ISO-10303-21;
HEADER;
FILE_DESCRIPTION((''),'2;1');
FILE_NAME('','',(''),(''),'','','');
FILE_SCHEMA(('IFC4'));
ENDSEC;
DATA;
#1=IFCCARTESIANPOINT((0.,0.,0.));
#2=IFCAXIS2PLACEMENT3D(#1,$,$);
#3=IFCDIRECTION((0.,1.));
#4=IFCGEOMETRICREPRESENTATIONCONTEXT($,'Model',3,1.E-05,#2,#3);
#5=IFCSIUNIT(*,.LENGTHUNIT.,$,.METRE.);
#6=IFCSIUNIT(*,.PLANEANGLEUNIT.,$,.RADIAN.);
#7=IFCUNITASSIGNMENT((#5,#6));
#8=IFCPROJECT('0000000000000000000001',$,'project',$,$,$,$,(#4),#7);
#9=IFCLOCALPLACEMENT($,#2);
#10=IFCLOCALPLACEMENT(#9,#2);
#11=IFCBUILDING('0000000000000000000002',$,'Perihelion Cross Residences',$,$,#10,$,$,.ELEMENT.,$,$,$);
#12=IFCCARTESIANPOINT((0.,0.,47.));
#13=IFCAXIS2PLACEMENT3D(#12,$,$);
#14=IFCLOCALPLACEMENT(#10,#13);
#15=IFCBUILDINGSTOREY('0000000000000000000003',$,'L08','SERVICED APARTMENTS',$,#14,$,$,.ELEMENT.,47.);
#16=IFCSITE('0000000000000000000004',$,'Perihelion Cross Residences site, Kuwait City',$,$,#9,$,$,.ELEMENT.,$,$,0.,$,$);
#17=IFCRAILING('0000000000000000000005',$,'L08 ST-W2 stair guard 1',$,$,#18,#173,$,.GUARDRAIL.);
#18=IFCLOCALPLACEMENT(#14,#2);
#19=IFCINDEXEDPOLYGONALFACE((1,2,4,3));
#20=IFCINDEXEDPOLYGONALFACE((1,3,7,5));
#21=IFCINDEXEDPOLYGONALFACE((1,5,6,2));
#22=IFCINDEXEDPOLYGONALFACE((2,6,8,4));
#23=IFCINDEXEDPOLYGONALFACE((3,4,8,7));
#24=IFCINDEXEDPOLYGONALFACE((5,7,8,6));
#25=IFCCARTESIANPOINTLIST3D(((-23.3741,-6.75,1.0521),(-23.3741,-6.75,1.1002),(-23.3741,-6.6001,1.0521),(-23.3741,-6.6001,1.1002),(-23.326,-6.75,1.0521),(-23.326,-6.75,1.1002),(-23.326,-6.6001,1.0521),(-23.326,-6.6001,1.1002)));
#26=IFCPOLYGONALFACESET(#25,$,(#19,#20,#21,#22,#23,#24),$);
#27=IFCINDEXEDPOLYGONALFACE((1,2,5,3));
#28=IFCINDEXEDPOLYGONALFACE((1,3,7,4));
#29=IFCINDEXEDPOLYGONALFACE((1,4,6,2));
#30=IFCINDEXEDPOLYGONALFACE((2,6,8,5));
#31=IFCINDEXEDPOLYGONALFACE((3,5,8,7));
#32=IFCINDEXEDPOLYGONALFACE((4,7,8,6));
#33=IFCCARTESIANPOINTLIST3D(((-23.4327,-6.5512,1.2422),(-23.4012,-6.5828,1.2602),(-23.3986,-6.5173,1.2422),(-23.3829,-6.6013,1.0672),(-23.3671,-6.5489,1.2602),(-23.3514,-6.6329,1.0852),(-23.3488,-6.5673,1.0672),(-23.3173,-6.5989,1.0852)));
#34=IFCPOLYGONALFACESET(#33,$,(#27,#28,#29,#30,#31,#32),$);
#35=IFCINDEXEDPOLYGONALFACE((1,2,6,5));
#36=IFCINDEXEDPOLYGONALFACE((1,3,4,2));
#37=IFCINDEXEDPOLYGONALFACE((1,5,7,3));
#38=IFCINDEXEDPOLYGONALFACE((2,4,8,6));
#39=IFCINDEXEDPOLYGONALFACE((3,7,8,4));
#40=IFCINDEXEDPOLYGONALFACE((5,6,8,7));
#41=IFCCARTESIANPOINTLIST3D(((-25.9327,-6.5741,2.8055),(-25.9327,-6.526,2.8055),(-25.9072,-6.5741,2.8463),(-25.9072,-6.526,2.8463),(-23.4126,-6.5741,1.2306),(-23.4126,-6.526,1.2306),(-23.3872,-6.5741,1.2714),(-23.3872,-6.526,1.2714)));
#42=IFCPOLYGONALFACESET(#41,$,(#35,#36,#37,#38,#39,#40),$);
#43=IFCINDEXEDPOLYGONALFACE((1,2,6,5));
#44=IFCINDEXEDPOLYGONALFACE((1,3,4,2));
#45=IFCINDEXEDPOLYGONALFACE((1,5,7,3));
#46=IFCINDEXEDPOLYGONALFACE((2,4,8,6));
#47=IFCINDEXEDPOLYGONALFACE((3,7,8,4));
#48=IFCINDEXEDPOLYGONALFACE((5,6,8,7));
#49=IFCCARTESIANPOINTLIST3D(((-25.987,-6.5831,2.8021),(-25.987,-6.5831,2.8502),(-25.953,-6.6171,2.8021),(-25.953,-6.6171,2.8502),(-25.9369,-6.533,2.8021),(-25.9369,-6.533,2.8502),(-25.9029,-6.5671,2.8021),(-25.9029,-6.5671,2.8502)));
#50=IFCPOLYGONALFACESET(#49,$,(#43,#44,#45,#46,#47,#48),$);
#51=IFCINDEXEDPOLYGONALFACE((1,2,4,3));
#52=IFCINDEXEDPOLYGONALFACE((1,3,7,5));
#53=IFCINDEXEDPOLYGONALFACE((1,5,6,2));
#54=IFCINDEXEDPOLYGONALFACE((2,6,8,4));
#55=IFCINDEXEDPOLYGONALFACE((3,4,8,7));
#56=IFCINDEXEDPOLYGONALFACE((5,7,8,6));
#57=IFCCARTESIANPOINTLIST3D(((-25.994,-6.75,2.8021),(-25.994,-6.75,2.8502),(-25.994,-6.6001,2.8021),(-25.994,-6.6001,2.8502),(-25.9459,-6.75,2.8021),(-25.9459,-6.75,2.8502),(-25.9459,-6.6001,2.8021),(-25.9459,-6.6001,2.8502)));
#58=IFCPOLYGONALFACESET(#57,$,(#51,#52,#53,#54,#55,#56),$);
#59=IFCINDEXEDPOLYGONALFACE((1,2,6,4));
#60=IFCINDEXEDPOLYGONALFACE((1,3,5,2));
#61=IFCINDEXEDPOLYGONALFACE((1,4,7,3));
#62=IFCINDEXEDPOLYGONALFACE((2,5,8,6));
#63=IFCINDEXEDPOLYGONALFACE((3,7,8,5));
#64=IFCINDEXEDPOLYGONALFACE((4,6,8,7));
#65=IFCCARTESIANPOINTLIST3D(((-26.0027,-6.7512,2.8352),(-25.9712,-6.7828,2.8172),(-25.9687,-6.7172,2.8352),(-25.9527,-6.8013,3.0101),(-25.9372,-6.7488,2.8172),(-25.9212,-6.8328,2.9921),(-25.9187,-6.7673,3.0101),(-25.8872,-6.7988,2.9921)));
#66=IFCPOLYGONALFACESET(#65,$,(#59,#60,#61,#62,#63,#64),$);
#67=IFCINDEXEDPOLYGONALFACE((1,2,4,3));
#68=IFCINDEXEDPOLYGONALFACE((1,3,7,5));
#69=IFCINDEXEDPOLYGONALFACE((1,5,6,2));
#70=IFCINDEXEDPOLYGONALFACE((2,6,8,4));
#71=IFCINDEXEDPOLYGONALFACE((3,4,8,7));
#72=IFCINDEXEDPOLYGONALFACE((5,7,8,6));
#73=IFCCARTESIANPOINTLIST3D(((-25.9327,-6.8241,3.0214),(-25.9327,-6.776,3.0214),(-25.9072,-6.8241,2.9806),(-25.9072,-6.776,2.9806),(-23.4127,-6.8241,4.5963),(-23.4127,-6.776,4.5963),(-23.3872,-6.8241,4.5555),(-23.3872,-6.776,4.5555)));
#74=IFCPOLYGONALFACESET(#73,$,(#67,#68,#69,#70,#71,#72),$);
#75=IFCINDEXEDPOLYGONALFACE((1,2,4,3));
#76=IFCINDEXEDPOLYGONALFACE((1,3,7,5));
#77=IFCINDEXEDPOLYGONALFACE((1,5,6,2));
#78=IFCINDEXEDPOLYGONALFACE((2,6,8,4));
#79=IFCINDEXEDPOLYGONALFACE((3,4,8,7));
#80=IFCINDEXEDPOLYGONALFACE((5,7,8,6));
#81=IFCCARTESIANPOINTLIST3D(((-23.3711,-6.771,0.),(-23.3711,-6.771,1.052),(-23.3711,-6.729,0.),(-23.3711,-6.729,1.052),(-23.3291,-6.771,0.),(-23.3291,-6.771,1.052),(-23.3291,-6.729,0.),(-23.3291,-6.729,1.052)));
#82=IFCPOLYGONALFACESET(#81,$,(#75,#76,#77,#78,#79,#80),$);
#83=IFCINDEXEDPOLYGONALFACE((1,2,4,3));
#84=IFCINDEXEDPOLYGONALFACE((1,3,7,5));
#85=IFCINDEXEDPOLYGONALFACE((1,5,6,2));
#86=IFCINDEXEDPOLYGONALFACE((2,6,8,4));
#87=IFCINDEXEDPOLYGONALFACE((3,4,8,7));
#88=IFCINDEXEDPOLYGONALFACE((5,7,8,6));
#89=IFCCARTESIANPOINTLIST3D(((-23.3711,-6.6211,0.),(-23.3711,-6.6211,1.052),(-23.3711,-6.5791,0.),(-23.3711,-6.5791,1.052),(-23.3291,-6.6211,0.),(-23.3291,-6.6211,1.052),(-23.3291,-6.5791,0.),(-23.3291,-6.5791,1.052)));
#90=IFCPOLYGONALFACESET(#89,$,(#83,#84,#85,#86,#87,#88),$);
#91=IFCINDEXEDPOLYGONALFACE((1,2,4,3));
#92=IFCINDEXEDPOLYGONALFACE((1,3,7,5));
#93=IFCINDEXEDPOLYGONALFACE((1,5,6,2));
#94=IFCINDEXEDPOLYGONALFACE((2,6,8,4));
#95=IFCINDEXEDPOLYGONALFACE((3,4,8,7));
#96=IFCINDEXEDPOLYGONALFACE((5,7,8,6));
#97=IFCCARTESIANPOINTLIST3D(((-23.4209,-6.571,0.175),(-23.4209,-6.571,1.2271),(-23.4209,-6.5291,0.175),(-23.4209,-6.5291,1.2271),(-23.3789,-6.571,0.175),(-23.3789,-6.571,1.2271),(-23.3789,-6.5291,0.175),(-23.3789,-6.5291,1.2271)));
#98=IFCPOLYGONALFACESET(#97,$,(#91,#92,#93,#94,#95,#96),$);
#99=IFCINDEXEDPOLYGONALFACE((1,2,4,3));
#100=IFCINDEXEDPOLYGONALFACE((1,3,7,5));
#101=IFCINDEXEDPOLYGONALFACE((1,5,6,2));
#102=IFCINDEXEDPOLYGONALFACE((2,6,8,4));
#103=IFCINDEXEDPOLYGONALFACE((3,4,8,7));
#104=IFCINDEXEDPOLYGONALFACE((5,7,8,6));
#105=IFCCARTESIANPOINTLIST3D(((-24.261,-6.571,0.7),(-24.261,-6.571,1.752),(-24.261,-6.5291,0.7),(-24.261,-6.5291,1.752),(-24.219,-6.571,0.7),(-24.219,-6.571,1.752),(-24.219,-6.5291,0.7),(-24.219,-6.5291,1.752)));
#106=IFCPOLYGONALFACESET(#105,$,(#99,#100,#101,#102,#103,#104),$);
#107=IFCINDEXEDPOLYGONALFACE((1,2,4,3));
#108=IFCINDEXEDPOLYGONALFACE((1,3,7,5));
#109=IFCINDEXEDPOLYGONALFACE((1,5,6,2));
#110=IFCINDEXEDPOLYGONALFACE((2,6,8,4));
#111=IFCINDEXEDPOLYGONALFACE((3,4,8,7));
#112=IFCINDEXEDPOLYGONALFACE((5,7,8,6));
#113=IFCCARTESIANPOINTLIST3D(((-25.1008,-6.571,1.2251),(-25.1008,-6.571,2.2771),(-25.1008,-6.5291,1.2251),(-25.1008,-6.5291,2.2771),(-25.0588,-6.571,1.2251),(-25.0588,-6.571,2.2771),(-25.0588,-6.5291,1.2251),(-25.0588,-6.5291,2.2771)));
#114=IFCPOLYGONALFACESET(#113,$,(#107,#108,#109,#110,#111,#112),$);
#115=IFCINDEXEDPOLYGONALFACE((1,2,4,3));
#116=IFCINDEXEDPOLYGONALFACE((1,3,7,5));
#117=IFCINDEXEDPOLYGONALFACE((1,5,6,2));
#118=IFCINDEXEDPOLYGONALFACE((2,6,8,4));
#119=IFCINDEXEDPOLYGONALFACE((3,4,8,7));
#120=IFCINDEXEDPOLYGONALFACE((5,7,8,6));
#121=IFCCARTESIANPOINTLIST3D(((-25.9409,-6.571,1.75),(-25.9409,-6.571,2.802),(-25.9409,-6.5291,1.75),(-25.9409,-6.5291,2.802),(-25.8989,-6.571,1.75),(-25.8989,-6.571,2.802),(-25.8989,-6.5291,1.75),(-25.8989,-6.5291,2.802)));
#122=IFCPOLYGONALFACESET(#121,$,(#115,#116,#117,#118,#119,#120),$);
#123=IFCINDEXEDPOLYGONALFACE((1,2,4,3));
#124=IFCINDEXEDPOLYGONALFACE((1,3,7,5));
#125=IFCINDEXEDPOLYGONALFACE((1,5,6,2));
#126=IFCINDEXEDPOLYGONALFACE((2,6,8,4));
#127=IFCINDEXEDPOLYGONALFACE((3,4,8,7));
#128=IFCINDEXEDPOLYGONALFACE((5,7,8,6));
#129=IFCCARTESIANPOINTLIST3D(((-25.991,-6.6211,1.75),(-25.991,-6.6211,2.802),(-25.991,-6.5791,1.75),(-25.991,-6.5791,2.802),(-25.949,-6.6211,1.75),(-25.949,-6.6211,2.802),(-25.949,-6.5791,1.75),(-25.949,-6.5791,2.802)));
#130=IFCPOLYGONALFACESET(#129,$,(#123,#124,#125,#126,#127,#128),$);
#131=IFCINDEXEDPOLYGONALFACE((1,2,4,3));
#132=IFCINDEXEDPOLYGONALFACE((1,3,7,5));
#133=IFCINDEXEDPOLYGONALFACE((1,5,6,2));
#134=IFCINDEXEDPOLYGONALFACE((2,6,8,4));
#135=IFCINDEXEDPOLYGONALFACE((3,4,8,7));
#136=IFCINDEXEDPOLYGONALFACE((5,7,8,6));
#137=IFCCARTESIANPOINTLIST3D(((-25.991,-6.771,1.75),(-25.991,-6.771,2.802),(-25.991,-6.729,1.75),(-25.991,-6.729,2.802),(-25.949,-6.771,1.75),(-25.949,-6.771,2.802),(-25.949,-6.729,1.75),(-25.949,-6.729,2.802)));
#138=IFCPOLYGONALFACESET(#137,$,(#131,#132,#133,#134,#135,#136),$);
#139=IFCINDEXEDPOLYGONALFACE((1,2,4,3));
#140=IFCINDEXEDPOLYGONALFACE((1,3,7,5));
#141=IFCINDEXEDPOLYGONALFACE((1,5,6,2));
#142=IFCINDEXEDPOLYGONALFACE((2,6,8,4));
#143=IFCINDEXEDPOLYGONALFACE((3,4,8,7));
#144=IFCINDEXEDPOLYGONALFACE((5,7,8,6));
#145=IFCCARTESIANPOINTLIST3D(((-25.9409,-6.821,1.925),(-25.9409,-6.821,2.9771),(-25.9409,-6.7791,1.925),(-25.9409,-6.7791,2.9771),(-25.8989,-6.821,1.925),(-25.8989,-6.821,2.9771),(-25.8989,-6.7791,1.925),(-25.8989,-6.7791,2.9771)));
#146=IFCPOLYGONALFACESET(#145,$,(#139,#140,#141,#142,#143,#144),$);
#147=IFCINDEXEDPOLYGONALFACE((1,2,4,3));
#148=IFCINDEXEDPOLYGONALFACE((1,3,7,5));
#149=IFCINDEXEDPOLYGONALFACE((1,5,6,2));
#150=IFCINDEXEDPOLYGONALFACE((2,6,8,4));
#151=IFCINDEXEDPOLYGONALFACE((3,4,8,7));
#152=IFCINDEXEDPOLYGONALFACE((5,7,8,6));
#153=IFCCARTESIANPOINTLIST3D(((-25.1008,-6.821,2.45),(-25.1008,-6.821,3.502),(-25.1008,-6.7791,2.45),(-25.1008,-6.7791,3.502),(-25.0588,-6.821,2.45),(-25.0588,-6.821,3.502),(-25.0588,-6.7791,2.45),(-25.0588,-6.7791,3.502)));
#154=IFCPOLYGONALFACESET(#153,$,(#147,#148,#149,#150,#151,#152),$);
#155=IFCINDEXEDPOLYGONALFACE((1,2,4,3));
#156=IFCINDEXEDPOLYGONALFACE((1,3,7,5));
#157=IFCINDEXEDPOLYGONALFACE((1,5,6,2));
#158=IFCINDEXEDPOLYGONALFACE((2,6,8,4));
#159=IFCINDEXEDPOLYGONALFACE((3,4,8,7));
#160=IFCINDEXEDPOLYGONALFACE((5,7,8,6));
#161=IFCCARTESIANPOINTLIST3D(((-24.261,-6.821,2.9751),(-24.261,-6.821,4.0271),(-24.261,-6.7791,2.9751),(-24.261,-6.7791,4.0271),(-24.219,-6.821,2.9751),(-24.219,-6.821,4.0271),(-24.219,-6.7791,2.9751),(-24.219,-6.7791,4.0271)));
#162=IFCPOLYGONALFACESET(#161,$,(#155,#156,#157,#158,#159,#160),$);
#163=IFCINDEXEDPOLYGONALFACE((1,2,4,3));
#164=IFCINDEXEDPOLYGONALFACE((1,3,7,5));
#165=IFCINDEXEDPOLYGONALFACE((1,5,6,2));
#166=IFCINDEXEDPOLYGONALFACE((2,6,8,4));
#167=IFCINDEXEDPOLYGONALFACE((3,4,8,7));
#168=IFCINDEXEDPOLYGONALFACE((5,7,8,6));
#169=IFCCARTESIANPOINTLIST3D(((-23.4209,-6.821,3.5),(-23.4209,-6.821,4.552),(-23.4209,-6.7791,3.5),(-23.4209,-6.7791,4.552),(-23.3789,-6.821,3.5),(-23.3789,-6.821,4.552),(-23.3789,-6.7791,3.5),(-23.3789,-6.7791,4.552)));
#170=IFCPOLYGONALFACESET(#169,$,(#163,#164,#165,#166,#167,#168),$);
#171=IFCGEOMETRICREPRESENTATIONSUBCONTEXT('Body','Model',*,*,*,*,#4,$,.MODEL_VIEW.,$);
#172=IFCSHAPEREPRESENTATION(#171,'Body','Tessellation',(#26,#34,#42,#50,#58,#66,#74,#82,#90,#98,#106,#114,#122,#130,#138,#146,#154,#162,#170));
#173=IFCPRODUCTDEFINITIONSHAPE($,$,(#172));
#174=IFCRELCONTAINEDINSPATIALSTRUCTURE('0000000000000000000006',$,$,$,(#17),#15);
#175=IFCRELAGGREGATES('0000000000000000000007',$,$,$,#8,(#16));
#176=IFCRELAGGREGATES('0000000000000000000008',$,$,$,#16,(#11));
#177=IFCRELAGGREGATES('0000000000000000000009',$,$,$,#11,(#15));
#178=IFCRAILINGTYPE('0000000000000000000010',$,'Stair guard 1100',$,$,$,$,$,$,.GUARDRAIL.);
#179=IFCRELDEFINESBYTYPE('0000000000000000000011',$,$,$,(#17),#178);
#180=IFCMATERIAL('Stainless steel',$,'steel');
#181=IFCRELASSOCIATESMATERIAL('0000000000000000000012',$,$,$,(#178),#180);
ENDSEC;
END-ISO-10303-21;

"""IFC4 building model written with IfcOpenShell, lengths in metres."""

from ifc_helpers import new_model, si_unit, direction, frame, origin, origin_2d, place, context, subcontext, project, spatial, rectangle, extrude, material, type_object, element, save


model = new_model("IFC4")

# Units and contexts
model_context = context("Model", 3, precision=1e-05, world=origin(), true_north=direction((0.0, 1.0)))
body_context = subcontext(model_context, "Body", "Model", "MODEL_VIEW")
ifc_project = project(units=[si_unit("LENGTHUNIT", "METRE"), si_unit("PLANEANGLEUNIT", "RADIAN")], contexts=[model_context])

# Site, building, storey
site_placement = place(None, origin())
site = spatial("IfcSite", under=ifc_project, at=site_placement, Name="Perihelion Cross Residences site, Kuwait City", CompositionType="ELEMENT", RefElevation=0.0)
building_placement = place(site_placement, origin())
building = spatial("IfcBuilding", under=site, at=building_placement, Name="Perihelion Cross Residences", CompositionType="ELEMENT")
storey_placement = place(building_placement, frame((0.0, 0.0, 47.0)))
storey = spatial("IfcBuildingStorey", under=building, at=storey_placement, Name="L08", Description="SERVICED APARTMENTS", CompositionType="ELEMENT", Elevation=47.0)

# Railing
ifc_material_1 = material(Name="Stainless steel", Category="steel")
railing_type_1 = type_object("IfcRailingType", Name="Stair guard 1100", PredefinedType="GUARDRAIL", material=ifc_material_1)
railing_1_placement = place(storey_placement, frame((-23.3501, -6.75, 0.0)))
element("IfcRailing", 1, at=railing_1_placement, inside=storey, type_object=railing_type_1, Name="L08 ST-W2 stair guard 1", PredefinedType="GUARDRAIL", context=body_context, shape_type="SweptSolid", body=[
    extrude(rectangle(XDim=0.0481, YDim=0.0481, at=origin_2d()), frame((0.0, 0.0, 1.0762), z_axis=(0.0, 1.0, 0.0), x_axis=(-1.0, 0.0, 0.0)), (0.0, 0.0, 1.0), 0.1499),
    extrude(rectangle(XDim=0.0481, YDim=0.0481, at=origin_2d()), frame((0.0, 0.1499, 1.0762), z_axis=(-0.263862, 0.265156, 0.927399), x_axis=(-0.708834, -0.705376, 0.0)), (0.0, 0.0, 1.0), 0.1887),
    extrude(rectangle(XDim=0.0481, YDim=0.0481, at=origin_2d()), frame((-0.0498, 0.2, 1.251), z_axis=(-0.848008, 0.0, 0.529984), x_axis=(0.0, -1.0, 0.0)), (0.0, 0.0, 1.0), 2.9717),
    extrude(rectangle(XDim=0.0481, YDim=0.0481, at=origin_2d()), frame((-2.5698, 0.2, 2.8262), z_axis=(-0.707107, -0.707107, 0.0), x_axis=(0.707107, -0.707107, 0.0)), (0.0, 0.0, 1.0), 0.0708),
    extrude(rectangle(XDim=0.0481, YDim=0.0481, at=origin_2d()), frame((-2.6199, 0.1499, 2.8262), z_axis=(0.0, -1.0, 0.0), x_axis=(1.0, 0.0, 0.0)), (0.0, 0.0, 1.0), 0.1499),
    extrude(rectangle(XDim=0.0481, YDim=0.0481, at=origin_2d()), frame((-2.6199, 0.0, 2.8262), z_axis=(0.265065, -0.265065, 0.927082), x_axis=(0.707107, 0.707107, 0.0)), (0.0, 0.0, 1.0), 0.1887),
    extrude(rectangle(XDim=0.0481, YDim=0.0481, at=origin_2d()), frame((-2.5698, -0.05, 3.001), z_axis=(0.848008, 0.0, 0.529984), x_axis=(0.0, 1.0, 0.0)), (0.0, 0.0, 1.0), 2.9717),
    extrude(rectangle(XDim=0.042, YDim=0.042, at=origin_2d()), origin(), (0.0, 0.0, 1.0), 1.052),
    extrude(rectangle(XDim=0.042, YDim=0.042, at=origin_2d()), frame((0.0, 0.1499, 0.0)), (0.0, 0.0, 1.0), 1.052),
    extrude(rectangle(XDim=0.042, YDim=0.042, at=origin_2d()), frame((-0.0498, 0.2, 0.175)), (0.0, 0.0, 1.0), 1.052),
    extrude(rectangle(XDim=0.042, YDim=0.042, at=origin_2d()), frame((-0.8899, 0.2, 0.7)), (0.0, 0.0, 1.0), 1.052),
    extrude(rectangle(XDim=0.042, YDim=0.042, at=origin_2d()), frame((-1.7297, 0.2, 1.2251)), (0.0, 0.0, 1.0), 1.052),
    extrude(rectangle(XDim=0.042, YDim=0.042, at=origin_2d()), frame((-2.5698, 0.2, 1.75)), (0.0, 0.0, 1.0), 1.052),
    extrude(rectangle(XDim=0.042, YDim=0.042, at=origin_2d()), frame((-2.6199, 0.1499, 1.75)), (0.0, 0.0, 1.0), 1.052),
    extrude(rectangle(XDim=0.042, YDim=0.042, at=origin_2d()), frame((-2.6199, 0.0, 1.75)), (0.0, 0.0, 1.0), 1.052),
    extrude(rectangle(XDim=0.042, YDim=0.042, at=origin_2d()), frame((-2.5698, -0.05, 1.925)), (0.0, 0.0, 1.0), 1.052),
    extrude(rectangle(XDim=0.042, YDim=0.042, at=origin_2d()), frame((-1.7297, -0.05, 2.45)), (0.0, 0.0, 1.0), 1.052),
    extrude(rectangle(XDim=0.042, YDim=0.042, at=origin_2d()), frame((-0.8899, -0.05, 2.9751)), (0.0, 0.0, 1.0), 1.052),
    extrude(rectangle(XDim=0.042, YDim=0.042, at=origin_2d()), frame((-0.0498, -0.05, 3.5)), (0.0, 0.0, 1.0), 1.052),
])

save(model, "model.ifc")
